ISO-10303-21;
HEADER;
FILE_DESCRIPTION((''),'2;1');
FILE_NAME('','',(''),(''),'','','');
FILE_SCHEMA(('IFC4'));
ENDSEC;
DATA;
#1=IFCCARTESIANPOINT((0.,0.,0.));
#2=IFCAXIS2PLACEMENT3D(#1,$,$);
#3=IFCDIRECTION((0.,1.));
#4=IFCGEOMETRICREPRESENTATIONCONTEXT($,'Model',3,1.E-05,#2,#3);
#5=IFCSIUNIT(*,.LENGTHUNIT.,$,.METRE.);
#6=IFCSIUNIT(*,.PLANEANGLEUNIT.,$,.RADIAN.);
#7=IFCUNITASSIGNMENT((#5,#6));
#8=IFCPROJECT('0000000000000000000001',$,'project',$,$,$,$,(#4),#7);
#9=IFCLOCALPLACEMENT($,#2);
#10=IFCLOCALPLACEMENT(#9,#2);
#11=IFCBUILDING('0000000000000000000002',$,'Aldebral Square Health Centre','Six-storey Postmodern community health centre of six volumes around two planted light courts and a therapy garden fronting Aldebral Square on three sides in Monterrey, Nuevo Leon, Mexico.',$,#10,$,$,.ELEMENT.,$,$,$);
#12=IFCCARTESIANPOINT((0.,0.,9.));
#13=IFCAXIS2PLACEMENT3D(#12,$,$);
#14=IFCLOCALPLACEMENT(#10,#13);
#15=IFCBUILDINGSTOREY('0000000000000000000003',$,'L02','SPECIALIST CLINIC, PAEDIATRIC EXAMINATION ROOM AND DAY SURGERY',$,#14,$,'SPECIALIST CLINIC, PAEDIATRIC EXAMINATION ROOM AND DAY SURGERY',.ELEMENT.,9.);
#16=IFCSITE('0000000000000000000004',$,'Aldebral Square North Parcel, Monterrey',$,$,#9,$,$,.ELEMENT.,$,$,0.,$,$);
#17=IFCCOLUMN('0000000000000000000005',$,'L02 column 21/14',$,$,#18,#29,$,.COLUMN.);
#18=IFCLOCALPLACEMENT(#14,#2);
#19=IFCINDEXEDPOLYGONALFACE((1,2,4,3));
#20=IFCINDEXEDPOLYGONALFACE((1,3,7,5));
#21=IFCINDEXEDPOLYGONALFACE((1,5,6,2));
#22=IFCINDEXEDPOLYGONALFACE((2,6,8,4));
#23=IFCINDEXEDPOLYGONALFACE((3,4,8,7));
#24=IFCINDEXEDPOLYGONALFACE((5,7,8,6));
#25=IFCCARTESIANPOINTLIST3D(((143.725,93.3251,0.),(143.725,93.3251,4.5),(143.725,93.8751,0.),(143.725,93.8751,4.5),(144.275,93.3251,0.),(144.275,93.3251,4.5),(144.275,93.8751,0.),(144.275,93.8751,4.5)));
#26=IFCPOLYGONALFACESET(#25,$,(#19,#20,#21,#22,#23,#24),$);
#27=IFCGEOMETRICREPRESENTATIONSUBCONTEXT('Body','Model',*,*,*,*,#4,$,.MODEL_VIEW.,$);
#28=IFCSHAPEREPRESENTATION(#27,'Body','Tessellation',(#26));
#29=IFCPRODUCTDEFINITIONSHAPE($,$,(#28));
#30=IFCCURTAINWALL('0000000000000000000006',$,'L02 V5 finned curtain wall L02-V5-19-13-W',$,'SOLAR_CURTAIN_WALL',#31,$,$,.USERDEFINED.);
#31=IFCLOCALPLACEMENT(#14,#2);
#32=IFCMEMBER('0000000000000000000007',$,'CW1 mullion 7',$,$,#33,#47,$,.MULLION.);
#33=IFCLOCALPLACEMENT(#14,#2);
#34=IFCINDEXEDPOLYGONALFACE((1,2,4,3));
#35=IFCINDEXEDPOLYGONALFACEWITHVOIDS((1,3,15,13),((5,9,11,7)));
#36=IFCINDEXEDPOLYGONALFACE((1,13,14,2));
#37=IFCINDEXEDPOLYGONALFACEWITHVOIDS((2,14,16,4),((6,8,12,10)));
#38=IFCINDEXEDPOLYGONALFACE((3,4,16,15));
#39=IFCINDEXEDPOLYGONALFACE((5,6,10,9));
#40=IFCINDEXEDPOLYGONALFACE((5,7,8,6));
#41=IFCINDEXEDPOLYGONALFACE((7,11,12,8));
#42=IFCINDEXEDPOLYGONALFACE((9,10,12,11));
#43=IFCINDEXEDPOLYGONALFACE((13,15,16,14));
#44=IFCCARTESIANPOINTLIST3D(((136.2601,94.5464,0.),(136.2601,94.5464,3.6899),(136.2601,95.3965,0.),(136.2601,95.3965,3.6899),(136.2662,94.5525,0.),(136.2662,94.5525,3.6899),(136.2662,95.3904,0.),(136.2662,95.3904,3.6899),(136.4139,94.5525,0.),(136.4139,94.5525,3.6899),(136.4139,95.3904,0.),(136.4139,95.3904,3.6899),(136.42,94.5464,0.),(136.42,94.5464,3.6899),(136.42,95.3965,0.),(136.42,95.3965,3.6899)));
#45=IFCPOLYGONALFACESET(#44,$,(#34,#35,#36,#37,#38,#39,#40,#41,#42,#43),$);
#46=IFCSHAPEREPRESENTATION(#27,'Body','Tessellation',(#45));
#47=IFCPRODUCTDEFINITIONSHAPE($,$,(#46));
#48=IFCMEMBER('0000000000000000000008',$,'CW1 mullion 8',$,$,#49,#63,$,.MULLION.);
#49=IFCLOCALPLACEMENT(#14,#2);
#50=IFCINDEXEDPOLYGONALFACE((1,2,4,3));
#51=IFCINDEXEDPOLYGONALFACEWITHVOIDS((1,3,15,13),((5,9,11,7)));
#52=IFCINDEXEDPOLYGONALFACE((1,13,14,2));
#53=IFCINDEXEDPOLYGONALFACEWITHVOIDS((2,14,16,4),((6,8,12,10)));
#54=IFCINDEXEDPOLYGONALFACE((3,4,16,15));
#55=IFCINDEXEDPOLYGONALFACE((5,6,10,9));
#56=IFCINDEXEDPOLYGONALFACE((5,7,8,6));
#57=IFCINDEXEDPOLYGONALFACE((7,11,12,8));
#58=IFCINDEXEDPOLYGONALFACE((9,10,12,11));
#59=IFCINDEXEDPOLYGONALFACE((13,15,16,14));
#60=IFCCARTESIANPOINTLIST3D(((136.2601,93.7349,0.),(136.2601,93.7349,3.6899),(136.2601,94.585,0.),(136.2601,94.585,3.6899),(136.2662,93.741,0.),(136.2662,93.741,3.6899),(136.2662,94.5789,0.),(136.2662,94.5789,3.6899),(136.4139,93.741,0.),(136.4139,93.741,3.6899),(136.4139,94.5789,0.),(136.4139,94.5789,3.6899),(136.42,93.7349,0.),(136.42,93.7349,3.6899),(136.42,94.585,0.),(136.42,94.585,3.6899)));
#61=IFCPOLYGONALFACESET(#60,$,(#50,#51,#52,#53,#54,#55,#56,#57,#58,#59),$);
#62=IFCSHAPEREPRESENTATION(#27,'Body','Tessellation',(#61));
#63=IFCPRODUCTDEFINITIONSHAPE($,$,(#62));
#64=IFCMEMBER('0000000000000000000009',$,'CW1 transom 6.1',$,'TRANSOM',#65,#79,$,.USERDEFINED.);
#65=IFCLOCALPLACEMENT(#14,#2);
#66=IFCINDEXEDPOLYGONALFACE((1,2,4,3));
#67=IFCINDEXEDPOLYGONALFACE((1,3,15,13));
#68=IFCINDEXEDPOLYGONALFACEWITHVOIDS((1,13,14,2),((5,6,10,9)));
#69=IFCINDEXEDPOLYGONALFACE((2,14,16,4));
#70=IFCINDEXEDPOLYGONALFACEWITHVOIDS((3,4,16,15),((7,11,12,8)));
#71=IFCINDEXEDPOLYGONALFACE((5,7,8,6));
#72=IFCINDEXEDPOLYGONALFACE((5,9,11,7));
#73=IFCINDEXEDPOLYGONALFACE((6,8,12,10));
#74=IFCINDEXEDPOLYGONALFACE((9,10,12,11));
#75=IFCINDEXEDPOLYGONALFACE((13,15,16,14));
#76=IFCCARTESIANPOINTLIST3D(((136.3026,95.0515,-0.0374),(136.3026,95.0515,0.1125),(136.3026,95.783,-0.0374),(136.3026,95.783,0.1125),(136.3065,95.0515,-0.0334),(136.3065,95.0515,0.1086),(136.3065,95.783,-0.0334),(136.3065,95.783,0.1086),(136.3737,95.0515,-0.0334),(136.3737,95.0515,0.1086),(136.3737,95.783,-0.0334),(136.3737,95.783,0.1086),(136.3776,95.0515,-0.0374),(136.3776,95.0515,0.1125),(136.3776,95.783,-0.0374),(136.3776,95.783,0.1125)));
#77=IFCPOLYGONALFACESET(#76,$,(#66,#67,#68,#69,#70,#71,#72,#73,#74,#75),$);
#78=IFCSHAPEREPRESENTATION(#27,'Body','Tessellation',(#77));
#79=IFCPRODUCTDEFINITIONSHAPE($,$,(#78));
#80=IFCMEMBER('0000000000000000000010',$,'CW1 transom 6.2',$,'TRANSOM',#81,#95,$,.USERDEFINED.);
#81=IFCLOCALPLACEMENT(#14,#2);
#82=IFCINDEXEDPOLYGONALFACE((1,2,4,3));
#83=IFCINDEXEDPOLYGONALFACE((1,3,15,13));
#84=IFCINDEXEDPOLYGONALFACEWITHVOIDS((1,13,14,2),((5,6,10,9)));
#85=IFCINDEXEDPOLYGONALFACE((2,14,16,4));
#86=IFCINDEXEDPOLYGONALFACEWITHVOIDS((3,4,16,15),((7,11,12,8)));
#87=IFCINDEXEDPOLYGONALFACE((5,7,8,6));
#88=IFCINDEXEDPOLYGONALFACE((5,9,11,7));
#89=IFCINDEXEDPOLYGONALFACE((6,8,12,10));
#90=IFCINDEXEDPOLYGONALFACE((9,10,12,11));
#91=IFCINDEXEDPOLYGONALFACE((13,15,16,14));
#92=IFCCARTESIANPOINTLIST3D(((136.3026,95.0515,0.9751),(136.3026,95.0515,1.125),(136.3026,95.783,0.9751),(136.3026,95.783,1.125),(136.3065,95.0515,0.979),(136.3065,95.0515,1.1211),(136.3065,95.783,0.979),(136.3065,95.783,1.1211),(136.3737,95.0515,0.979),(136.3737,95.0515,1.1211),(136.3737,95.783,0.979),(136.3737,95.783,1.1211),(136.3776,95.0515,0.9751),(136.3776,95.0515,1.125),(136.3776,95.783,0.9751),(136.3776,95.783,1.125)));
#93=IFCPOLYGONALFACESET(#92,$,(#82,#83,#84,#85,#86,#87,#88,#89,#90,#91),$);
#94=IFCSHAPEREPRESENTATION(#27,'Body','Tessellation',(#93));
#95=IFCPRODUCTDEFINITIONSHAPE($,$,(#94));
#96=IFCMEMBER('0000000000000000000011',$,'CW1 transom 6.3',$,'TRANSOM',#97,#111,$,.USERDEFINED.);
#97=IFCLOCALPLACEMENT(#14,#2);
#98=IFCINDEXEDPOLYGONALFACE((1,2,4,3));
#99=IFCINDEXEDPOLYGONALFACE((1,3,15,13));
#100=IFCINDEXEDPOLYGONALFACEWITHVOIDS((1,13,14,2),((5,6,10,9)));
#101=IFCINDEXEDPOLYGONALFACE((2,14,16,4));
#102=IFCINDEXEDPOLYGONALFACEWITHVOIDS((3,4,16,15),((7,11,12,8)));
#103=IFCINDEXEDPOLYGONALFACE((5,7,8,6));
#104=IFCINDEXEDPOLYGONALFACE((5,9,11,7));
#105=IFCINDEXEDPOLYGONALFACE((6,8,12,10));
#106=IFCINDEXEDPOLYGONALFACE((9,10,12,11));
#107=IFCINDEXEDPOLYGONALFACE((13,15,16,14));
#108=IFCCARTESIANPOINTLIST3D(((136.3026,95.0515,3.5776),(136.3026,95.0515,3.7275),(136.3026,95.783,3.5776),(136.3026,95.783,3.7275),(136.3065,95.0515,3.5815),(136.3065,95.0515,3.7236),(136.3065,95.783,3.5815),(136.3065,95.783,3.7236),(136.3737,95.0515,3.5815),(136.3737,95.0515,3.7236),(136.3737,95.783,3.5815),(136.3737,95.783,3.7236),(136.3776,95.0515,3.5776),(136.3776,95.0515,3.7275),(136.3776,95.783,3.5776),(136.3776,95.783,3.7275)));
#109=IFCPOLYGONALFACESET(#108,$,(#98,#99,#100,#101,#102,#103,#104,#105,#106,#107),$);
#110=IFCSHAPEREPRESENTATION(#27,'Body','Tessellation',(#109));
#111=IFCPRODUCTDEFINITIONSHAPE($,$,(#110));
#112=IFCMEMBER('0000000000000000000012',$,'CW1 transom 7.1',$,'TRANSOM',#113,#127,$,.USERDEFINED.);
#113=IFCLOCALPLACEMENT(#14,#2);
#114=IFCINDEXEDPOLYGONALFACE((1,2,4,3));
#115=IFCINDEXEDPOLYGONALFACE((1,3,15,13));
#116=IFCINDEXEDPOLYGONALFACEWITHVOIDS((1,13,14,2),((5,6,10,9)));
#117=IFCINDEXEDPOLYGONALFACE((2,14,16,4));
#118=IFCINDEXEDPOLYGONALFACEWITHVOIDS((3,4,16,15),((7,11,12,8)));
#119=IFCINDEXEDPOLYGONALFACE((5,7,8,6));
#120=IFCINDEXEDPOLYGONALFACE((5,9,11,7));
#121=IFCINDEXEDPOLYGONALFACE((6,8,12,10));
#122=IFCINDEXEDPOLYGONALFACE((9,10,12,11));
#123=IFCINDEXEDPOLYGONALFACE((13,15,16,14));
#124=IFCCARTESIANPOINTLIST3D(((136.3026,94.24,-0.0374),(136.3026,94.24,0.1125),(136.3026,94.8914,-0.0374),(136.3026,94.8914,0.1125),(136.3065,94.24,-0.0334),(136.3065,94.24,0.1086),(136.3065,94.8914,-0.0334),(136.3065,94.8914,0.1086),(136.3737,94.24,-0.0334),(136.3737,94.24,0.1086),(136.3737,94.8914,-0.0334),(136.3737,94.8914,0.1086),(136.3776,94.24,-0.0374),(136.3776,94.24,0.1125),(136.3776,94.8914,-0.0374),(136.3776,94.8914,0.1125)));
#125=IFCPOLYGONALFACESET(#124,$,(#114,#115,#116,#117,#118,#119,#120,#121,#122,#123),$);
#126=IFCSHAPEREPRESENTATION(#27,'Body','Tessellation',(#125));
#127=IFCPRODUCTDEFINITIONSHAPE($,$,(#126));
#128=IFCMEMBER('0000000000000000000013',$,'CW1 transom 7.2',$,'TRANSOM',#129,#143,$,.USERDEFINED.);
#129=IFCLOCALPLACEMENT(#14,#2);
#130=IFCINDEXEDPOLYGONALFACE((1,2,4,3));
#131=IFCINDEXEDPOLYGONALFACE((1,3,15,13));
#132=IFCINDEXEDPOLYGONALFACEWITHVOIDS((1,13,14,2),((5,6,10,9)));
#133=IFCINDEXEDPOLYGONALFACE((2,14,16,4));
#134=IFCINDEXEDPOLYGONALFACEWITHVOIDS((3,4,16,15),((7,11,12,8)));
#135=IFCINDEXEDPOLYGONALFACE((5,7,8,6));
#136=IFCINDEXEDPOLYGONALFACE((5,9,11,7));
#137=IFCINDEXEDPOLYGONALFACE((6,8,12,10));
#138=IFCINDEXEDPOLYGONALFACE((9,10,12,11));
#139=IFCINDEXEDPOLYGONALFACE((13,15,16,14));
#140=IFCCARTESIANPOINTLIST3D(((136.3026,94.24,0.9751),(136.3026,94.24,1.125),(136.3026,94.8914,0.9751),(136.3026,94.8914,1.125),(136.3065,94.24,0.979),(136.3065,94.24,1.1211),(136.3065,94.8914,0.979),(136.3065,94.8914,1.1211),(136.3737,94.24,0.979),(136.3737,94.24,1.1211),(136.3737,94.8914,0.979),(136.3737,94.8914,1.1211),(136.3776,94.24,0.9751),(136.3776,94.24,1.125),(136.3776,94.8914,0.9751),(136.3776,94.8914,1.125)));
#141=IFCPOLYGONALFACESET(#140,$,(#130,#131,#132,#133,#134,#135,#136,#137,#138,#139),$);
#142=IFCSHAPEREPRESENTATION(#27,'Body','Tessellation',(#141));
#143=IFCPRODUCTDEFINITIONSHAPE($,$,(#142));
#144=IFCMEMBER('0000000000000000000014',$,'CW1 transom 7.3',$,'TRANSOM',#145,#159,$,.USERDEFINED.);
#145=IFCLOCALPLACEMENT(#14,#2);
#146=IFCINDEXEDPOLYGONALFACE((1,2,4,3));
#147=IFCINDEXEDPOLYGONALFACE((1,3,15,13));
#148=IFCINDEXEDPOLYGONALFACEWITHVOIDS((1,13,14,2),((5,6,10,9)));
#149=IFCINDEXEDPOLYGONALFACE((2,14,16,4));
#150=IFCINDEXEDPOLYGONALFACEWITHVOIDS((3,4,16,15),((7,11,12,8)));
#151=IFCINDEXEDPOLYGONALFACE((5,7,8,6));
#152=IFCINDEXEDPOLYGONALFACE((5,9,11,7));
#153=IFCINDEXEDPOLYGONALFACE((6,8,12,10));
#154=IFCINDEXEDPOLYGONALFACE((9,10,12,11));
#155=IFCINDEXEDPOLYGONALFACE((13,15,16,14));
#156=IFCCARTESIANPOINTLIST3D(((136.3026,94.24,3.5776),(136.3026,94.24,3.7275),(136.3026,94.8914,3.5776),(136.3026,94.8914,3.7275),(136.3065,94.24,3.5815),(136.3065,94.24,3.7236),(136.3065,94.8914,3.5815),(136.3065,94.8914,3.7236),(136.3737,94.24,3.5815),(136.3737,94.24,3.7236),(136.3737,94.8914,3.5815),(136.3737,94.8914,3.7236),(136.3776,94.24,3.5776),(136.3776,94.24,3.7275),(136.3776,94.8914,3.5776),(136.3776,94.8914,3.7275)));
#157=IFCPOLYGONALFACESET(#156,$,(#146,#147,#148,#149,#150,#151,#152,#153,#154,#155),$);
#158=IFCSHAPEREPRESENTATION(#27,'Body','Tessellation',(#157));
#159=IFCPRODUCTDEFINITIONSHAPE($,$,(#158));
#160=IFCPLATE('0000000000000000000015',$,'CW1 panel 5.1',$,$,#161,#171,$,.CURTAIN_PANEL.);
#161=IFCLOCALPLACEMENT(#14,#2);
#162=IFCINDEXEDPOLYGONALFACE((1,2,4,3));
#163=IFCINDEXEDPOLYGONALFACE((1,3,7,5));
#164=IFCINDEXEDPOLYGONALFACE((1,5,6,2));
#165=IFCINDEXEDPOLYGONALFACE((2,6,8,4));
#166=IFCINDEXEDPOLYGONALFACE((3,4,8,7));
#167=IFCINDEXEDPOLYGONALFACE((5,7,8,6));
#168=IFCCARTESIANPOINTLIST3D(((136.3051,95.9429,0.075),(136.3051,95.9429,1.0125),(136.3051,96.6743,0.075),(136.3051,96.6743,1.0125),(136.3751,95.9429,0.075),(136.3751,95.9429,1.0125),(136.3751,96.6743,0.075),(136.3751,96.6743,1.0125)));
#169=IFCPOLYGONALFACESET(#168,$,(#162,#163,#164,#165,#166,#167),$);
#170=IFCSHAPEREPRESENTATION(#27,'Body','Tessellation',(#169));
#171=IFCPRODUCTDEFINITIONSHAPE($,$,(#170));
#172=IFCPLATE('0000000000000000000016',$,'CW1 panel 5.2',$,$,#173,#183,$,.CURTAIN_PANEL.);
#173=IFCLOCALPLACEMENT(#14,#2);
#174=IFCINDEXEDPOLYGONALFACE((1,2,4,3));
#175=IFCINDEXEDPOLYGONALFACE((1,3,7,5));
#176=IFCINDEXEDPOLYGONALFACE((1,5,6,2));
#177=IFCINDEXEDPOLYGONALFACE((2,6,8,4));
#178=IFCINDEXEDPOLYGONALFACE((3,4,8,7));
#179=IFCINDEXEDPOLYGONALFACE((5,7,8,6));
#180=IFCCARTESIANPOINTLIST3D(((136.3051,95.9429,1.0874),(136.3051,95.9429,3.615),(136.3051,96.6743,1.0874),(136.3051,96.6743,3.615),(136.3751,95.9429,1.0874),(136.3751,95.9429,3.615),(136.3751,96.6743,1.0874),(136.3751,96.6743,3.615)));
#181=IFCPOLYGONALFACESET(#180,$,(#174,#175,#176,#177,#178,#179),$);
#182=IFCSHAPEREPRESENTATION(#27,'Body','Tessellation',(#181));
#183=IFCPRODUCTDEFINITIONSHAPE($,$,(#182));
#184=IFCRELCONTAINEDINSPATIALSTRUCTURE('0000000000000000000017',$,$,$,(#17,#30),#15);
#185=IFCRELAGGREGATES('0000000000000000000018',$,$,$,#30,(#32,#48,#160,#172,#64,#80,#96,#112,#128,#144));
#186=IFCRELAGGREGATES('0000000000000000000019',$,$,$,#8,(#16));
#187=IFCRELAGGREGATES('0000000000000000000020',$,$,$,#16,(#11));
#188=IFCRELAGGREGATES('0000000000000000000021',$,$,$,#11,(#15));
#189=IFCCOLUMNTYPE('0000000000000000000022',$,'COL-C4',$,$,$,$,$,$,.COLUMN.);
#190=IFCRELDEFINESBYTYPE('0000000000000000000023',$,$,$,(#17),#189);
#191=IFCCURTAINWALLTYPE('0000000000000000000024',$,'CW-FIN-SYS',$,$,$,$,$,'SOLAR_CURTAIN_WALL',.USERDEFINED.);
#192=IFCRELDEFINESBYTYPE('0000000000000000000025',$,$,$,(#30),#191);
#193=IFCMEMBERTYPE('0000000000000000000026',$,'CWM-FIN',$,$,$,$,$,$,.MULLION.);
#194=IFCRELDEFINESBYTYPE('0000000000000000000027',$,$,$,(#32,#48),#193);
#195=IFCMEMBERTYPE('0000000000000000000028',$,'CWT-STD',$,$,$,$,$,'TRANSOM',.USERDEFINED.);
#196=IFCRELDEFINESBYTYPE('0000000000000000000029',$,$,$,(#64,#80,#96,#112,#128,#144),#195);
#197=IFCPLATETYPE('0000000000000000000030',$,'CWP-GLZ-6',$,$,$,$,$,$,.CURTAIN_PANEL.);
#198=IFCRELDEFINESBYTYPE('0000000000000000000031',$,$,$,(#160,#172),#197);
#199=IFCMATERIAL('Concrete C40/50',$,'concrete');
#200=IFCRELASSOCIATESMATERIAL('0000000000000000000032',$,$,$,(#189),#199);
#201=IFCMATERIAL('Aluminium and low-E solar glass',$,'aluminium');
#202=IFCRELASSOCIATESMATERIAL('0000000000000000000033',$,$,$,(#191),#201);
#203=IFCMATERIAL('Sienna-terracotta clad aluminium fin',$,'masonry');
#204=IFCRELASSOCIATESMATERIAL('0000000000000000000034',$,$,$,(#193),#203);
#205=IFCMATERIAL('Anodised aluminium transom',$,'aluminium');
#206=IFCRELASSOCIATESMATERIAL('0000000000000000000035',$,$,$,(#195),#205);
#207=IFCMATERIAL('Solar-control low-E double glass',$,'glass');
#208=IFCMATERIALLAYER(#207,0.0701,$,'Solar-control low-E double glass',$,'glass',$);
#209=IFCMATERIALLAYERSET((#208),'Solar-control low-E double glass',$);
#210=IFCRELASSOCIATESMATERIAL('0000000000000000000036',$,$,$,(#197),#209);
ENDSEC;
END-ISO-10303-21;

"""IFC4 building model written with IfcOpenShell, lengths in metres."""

from ifc_helpers import new_model, si_unit, direction, frame, origin, origin_2d, place, context, subcontext, project, spatial, rectangle, hollow_rectangle, extrude, material, layer, layer_set, material_profile, profile_set, type_object, element, aggregate, save


model = new_model("IFC4")

# Units and contexts
model_context = context("Model", 3, precision=1e-05, world=origin(), true_north=direction((0.0, 1.0)))
body_context = subcontext(model_context, "Body", "Model", "MODEL_VIEW")
ifc_project = project(units=[si_unit("LENGTHUNIT", "METRE"), si_unit("PLANEANGLEUNIT", "RADIAN")], contexts=[model_context])

# Site, building, storey
site_placement = place(None, origin())
site = spatial("IfcSite", under=ifc_project, at=site_placement, Name="Aldebral Square North Parcel, Monterrey", CompositionType="ELEMENT", RefElevation=0.0)
building_placement = place(site_placement, origin())
building = spatial("IfcBuilding", under=site, at=building_placement, Name="Aldebral Square Health Centre", Description="Six-storey Postmodern community health centre of six volumes around two planted light courts and a therapy garden fronting Aldebral Square on three sides in Monterrey, Nuevo Leon, Mexico.", CompositionType="ELEMENT")
storey_placement = place(building_placement, frame((0.0, 0.0, 9.0)))
storey = spatial("IfcBuildingStorey", under=building, at=storey_placement, Name="L02", Description="SPECIALIST CLINIC, PAEDIATRIC EXAMINATION ROOM AND DAY SURGERY", LongName="SPECIALIST CLINIC, PAEDIATRIC EXAMINATION ROOM AND DAY SURGERY", CompositionType="ELEMENT", Elevation=9.0)

# Column
ifc_material_1 = material(Name="Concrete C40/50", Category="concrete")
ifc_material_profile_1 = material_profile(ifc_material_1, rectangle(XDim=0.55, YDim=0.55, at=origin_2d()), Name="RC 550x550")
ifc_profile_set_1 = profile_set([ifc_material_profile_1], Name="Concrete C40/50")
column_type = type_object("IfcColumnType", Name="COL-C4", PredefinedType="COLUMN", material=ifc_profile_set_1)
column_placement = place(storey_placement, frame((144.0, 93.6001, 0.0), z_axis=(0.0, 0.0, 1.0), x_axis=(1.0, 0.0, 0.0)))
element("IfcColumn", 1, at=column_placement, inside=storey, type_object=column_type, Name="L02 column 21/14", PredefinedType="COLUMN", context=body_context, shape_type="SweptSolid", body=[
    extrude(rectangle(XDim=0.55, YDim=0.55, at=origin_2d()), origin(), (0.0, 0.0, 1.0), 4.5),
])

# Curtain wall, members, plates
ifc_material_2 = material(Name="Aluminium and low-E solar glass", Category="aluminium")
curtain_wall_type = type_object("IfcCurtainWallType", Name="CW-FIN-SYS", ElementType="SOLAR_CURTAIN_WALL", PredefinedType="USERDEFINED", material=ifc_material_2)
curtain_wall_placement = place(storey_placement, origin())
curtain_wall = element("IfcCurtainWall", 2, at=curtain_wall_placement, inside=storey, type_object=curtain_wall_type, Name="L02 V5 finned curtain wall L02-V5-19-13-W", ObjectType="SOLAR_CURTAIN_WALL", PredefinedType="USERDEFINED")
ifc_material_3 = material(Name="Sienna-terracotta clad aluminium fin", Category="masonry")
ifc_material_profile_2 = material_profile(ifc_material_3, hollow_rectangle(XDim=0.1599, YDim=0.8501, WallThickness=0.0061, at=origin_2d()), Name="FIN 160x850x6")
ifc_profile_set_2 = profile_set([ifc_material_profile_2], Name="Sienna-terracotta clad aluminium fin")
member_type_1 = type_object("IfcMemberType", Name="CWM-FIN", PredefinedType="MULLION", material=ifc_profile_set_2)
member_1_placement = place(storey_placement, frame((136.3401, 94.9714, 0.0), z_axis=(0.0, 0.0, 1.0), x_axis=(1.0, 0.0, 0.0)))
member_1 = element("IfcMember", 3, at=member_1_placement, type_object=member_type_1, Name="CW1 mullion 7", PredefinedType="MULLION", context=body_context, shape_type="SweptSolid", body=[
    extrude(hollow_rectangle(XDim=0.1599, YDim=0.8501, WallThickness=0.0061, at=origin_2d()), origin(), (0.0, 0.0, 1.0), 3.6899),
])
member_2_placement = place(storey_placement, frame((136.3401, 94.1599, 0.0), z_axis=(0.0, 0.0, 1.0), x_axis=(1.0, 0.0, 0.0)))
member_2 = element("IfcMember", 4, at=member_2_placement, type_object=member_type_1, Name="CW1 mullion 8", PredefinedType="MULLION", context=body_context, shape_type="SweptSolid", body=[
    extrude(hollow_rectangle(XDim=0.1599, YDim=0.8501, WallThickness=0.0061, at=origin_2d()), origin(), (0.0, 0.0, 1.0), 3.6899),
])
ifc_material_4 = material(Name="Anodised aluminium transom", Category="aluminium")
ifc_material_profile_3 = material_profile(ifc_material_4, hollow_rectangle(XDim=0.075, YDim=0.1499, WallThickness=0.0039, at=origin_2d()), Name="CWT 75x150x4")
ifc_profile_set_3 = profile_set([ifc_material_profile_3], Name="Anodised aluminium transom")
member_type_2 = type_object("IfcMemberType", Name="CWT-STD", ElementType="TRANSOM", PredefinedType="USERDEFINED", material=ifc_profile_set_3)
member_3_placement = place(storey_placement, frame((136.3401, 95.783, 0.0376), z_axis=(0.0, -1.0, 0.0), x_axis=(1.0, 0.0, 0.0)))
member_3 = element("IfcMember", 5, at=member_3_placement, type_object=member_type_2, Name="CW1 transom 6.1", ObjectType="TRANSOM", PredefinedType="USERDEFINED", context=body_context, shape_type="SweptSolid", body=[
    extrude(hollow_rectangle(XDim=0.075, YDim=0.1499, WallThickness=0.0039, at=origin_2d()), origin(), (0.0, 0.0, 1.0), 0.7314),
])
member_4_placement = place(storey_placement, frame((136.3401, 95.783, 1.05), z_axis=(0.0, -1.0, 0.0), x_axis=(1.0, 0.0, 0.0)))
member_4 = element("IfcMember", 6, at=member_4_placement, type_object=member_type_2, Name="CW1 transom 6.2", ObjectType="TRANSOM", PredefinedType="USERDEFINED", context=body_context, shape_type="SweptSolid", body=[
    extrude(hollow_rectangle(XDim=0.075, YDim=0.1499, WallThickness=0.0039, at=origin_2d()), origin(), (0.0, 0.0, 1.0), 0.7314),
])
member_5_placement = place(storey_placement, frame((136.3401, 95.783, 3.6526), z_axis=(0.0, -1.0, 0.0), x_axis=(1.0, 0.0, 0.0)))
member_5 = element("IfcMember", 7, at=member_5_placement, type_object=member_type_2, Name="CW1 transom 6.3", ObjectType="TRANSOM", PredefinedType="USERDEFINED", context=body_context, shape_type="SweptSolid", body=[
    extrude(hollow_rectangle(XDim=0.075, YDim=0.1499, WallThickness=0.0039, at=origin_2d()), origin(), (0.0, 0.0, 1.0), 0.7314),
])
member_6_placement = place(storey_placement, frame((136.3401, 94.8914, 0.0376), z_axis=(0.0, -1.0, 0.0), x_axis=(1.0, 0.0, 0.0)))
member_6 = element("IfcMember", 8, at=member_6_placement, type_object=member_type_2, Name="CW1 transom 7.1", ObjectType="TRANSOM", PredefinedType="USERDEFINED", context=body_context, shape_type="SweptSolid", body=[
    extrude(hollow_rectangle(XDim=0.075, YDim=0.1499, WallThickness=0.0039, at=origin_2d()), origin(), (0.0, 0.0, 1.0), 0.6514),
])
member_7_placement = place(storey_placement, frame((136.3401, 94.8914, 1.05), z_axis=(0.0, -1.0, 0.0), x_axis=(1.0, 0.0, 0.0)))
member_7 = element("IfcMember", 9, at=member_7_placement, type_object=member_type_2, Name="CW1 transom 7.2", ObjectType="TRANSOM", PredefinedType="USERDEFINED", context=body_context, shape_type="SweptSolid", body=[
    extrude(hollow_rectangle(XDim=0.075, YDim=0.1499, WallThickness=0.0039, at=origin_2d()), origin(), (0.0, 0.0, 1.0), 0.6514),
])
member_8_placement = place(storey_placement, frame((136.3401, 94.8914, 3.6526), z_axis=(0.0, -1.0, 0.0), x_axis=(1.0, 0.0, 0.0)))
member_8 = element("IfcMember", 10, at=member_8_placement, type_object=member_type_2, Name="CW1 transom 7.3", ObjectType="TRANSOM", PredefinedType="USERDEFINED", context=body_context, shape_type="SweptSolid", body=[
    extrude(hollow_rectangle(XDim=0.075, YDim=0.1499, WallThickness=0.0039, at=origin_2d()), origin(), (0.0, 0.0, 1.0), 0.6514),
])
ifc_material_5 = material(Name="Solar-control low-E double glass", Category="glass")
ifc_layer_1 = layer(ifc_material_5, 0.0701, Name="Solar-control low-E double glass", Category="glass")
ifc_layer_set_1 = layer_set([ifc_layer_1], Name="Solar-control low-E double glass")
plate_type = type_object("IfcPlateType", Name="CWP-GLZ-6", PredefinedType="CURTAIN_PANEL", material=ifc_layer_set_1)
plate_1_placement = place(storey_placement, frame((136.3401, 96.3086, 0.075), z_axis=(0.0, 0.0, 1.0), x_axis=(0.0, -1.0, 0.0)))
plate_1 = element("IfcPlate", 11, at=plate_1_placement, type_object=plate_type, Name="CW1 panel 5.1", PredefinedType="CURTAIN_PANEL", context=body_context, shape_type="SweptSolid", body=[
    extrude(rectangle(XDim=0.7314, YDim=0.0701, at=origin_2d()), origin(), (0.0, 0.0, 1.0), 0.9375),
])
plate_2_placement = place(storey_placement, frame((136.3401, 96.3086, 1.0874), z_axis=(0.0, 0.0, 1.0), x_axis=(0.0, -1.0, 0.0)))
plate_2 = element("IfcPlate", 12, at=plate_2_placement, type_object=plate_type, Name="CW1 panel 5.2", PredefinedType="CURTAIN_PANEL", context=body_context, shape_type="SweptSolid", body=[
    extrude(rectangle(XDim=0.7314, YDim=0.0701, at=origin_2d()), origin(), (0.0, 0.0, 1.0), 2.5276),
])
aggregate(curtain_wall, [member_1, member_2, plate_1, plate_2, member_3, member_4, member_5, member_6, member_7, member_8])

save(model, "model.ifc")
